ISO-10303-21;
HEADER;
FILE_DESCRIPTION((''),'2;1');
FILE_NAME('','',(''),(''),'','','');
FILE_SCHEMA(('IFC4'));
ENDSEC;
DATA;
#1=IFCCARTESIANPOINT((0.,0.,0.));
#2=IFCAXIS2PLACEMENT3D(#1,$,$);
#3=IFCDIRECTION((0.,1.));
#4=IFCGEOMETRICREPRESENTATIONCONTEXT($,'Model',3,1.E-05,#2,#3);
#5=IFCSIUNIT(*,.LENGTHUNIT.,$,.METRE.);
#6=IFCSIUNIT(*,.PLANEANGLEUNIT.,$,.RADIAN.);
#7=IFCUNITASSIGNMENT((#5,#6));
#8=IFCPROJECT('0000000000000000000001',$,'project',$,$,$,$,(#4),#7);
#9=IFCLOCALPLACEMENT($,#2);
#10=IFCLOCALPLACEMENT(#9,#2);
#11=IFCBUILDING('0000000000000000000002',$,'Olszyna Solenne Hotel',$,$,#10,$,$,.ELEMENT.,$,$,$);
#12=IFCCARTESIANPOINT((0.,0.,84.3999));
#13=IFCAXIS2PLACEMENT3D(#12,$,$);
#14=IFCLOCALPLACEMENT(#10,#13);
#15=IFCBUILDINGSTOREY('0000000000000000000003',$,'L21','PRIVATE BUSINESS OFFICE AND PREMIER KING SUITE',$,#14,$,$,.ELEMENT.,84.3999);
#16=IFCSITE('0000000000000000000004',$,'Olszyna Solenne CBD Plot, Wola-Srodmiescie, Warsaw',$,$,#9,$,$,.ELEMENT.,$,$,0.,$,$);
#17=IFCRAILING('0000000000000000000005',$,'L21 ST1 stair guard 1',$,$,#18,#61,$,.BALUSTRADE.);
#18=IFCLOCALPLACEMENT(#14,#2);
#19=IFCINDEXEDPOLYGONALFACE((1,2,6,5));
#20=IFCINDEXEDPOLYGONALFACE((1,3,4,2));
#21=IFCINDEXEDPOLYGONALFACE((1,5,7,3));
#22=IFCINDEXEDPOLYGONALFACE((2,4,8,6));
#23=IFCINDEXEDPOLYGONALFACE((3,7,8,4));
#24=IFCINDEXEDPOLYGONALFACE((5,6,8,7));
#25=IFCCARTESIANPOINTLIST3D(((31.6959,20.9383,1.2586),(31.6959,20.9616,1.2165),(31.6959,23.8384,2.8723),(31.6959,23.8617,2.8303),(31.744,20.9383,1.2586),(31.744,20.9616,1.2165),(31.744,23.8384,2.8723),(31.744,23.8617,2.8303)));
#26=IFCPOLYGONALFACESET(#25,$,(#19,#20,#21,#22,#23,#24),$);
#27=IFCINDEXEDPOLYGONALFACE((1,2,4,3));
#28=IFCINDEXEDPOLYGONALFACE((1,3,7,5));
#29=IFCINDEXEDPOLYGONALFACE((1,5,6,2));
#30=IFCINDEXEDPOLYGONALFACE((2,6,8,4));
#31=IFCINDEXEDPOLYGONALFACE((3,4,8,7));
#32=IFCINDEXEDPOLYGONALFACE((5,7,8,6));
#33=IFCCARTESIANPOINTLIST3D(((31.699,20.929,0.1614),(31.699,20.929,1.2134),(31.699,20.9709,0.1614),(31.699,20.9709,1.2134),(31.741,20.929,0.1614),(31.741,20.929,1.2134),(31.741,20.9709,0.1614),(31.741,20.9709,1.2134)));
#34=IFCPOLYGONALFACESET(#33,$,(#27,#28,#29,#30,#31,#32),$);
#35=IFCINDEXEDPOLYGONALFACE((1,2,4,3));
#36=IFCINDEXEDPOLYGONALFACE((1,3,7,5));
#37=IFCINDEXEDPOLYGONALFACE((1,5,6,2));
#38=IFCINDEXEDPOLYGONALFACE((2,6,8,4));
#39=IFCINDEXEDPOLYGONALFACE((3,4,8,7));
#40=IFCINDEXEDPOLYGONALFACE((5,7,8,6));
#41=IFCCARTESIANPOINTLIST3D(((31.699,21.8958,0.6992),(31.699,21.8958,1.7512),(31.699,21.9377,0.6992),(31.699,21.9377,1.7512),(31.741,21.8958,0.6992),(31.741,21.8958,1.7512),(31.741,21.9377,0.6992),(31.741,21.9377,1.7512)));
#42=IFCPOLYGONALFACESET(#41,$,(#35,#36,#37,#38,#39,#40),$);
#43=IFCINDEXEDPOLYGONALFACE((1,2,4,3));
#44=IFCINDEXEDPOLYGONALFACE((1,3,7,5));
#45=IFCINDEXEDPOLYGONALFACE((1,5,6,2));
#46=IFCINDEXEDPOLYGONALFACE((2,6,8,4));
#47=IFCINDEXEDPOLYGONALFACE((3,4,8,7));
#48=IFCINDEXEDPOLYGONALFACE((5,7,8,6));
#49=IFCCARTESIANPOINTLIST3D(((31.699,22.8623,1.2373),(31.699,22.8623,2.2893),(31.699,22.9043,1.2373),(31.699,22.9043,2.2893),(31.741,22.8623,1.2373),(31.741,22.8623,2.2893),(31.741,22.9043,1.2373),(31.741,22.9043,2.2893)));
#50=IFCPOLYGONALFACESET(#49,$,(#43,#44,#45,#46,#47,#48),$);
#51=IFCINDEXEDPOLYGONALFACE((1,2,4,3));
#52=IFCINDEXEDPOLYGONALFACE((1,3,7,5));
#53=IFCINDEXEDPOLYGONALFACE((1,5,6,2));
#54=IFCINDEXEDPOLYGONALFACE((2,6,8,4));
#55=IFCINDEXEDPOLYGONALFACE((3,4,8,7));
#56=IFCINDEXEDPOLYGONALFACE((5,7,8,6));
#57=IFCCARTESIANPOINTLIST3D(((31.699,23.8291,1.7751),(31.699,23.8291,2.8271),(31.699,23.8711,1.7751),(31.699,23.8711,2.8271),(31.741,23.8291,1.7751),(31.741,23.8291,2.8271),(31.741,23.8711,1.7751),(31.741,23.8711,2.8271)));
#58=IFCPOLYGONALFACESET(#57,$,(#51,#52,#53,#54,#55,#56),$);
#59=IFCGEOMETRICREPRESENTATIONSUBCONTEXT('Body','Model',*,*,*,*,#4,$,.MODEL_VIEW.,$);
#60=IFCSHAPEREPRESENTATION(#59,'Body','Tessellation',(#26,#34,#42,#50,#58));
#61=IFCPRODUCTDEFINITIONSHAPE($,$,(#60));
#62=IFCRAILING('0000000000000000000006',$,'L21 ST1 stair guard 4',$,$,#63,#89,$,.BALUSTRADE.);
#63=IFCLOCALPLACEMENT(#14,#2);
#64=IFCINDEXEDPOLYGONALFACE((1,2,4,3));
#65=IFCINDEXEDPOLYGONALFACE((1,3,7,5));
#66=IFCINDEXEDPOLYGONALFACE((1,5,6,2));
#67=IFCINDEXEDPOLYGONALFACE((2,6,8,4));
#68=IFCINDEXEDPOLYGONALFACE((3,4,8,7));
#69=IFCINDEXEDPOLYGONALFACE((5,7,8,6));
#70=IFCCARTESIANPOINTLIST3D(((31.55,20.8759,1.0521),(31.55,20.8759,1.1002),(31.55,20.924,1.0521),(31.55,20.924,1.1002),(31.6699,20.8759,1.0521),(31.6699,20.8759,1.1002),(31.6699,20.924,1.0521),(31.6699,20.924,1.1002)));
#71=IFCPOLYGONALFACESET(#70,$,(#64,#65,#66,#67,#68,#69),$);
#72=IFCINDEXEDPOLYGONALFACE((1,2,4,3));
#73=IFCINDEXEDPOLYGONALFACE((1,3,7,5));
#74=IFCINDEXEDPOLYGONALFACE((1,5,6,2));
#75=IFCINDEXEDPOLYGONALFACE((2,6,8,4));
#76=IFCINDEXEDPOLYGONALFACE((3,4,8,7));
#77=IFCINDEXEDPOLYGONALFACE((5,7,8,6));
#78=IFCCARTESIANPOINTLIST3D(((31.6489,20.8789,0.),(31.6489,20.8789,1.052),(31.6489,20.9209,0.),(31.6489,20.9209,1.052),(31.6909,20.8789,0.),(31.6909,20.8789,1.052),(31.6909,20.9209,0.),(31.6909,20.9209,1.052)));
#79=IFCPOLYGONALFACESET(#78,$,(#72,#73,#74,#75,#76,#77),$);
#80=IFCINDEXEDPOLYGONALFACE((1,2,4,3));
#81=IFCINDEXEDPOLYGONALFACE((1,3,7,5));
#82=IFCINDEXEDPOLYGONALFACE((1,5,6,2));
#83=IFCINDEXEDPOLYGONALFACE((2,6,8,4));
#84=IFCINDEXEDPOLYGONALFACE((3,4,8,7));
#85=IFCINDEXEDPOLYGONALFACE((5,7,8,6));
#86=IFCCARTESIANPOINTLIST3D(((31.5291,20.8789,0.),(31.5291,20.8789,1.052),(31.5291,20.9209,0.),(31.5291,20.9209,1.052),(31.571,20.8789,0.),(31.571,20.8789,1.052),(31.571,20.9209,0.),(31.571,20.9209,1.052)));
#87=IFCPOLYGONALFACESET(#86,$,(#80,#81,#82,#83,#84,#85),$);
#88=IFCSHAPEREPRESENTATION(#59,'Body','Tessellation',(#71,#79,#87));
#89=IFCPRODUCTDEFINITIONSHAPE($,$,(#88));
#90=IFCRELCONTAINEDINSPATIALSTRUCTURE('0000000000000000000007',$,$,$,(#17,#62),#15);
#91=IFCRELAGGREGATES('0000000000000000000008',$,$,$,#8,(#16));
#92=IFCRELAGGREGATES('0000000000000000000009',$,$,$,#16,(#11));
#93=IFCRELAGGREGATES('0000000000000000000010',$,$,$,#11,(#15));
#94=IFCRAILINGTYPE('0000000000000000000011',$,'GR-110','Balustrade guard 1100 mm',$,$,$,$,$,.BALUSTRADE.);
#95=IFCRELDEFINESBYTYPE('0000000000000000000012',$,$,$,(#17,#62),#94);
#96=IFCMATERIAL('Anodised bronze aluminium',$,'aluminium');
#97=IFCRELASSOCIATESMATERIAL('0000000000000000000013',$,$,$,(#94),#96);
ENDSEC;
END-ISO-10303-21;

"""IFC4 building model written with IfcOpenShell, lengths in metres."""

from ifc_helpers import new_model, si_unit, direction, frame, origin, origin_2d, place, context, subcontext, project, spatial, rectangle, extrude, material, type_object, element, save


model = new_model("IFC4")

# Units and contexts
model_context = context("Model", 3, precision=1e-05, world=origin(), true_north=direction((0.0, 1.0)))
body_context = subcontext(model_context, "Body", "Model", "MODEL_VIEW")
ifc_project = project(units=[si_unit("LENGTHUNIT", "METRE"), si_unit("PLANEANGLEUNIT", "RADIAN")], contexts=[model_context])

# Site, building, storey
site_placement = place(None, origin())
site = spatial("IfcSite", under=ifc_project, at=site_placement, Name="Olszyna Solenne CBD Plot, Wola-Srodmiescie, Warsaw", CompositionType="ELEMENT", RefElevation=0.0)
building_placement = place(site_placement, origin())
building = spatial("IfcBuilding", under=site, at=building_placement, Name="Olszyna Solenne Hotel", CompositionType="ELEMENT")
storey_placement = place(building_placement, frame((0.0, 0.0, 84.3999)))
storey = spatial("IfcBuildingStorey", under=building, at=storey_placement, Name="L21", Description="PRIVATE BUSINESS OFFICE AND PREMIER KING SUITE", CompositionType="ELEMENT", Elevation=84.3999)

# Shared definitions
ifc_material_1 = material(Name="Anodised bronze aluminium", Category="aluminium")

# Railings
railing_type = type_object("IfcRailingType", Name="GR-110", Description="Balustrade guard 1100 mm", PredefinedType="BALUSTRADE", material=ifc_material_1)
railing_1_placement = place(storey_placement, frame((31.72, 20.95, 0.1614)))
element("IfcRailing", 1, at=railing_1_placement, inside=storey, type_object=railing_type, Name="L21 ST1 stair guard 1", PredefinedType="BALUSTRADE", context=body_context, shape_type="SweptSolid", body=[
    extrude(rectangle(XDim=0.0481, YDim=0.0481, at=origin_2d()), frame((0.0, 0.0, 1.0762), z_axis=(0.0, 0.873827, 0.486236), x_axis=(-1.0, 0.0, 0.0)), (0.0, 0.0, 1.0), 3.3188),
    extrude(rectangle(XDim=0.042, YDim=0.042, at=origin_2d()), origin(), (0.0, 0.0, 1.0), 1.052),
    extrude(rectangle(XDim=0.042, YDim=0.042, at=origin_2d()), frame((0.0, 0.9668, 0.5378)), (0.0, 0.0, 1.0), 1.052),
    extrude(rectangle(XDim=0.042, YDim=0.042, at=origin_2d()), frame((0.0, 1.9333, 1.0759)), (0.0, 0.0, 1.0), 1.052),
    extrude(rectangle(XDim=0.042, YDim=0.042, at=origin_2d()), frame((0.0, 2.9001, 1.6138)), (0.0, 0.0, 1.0), 1.052),
])
railing_2_placement = place(storey_placement, frame((31.6699, 20.8999, 0.0)))
element("IfcRailing", 2, at=railing_2_placement, inside=storey, type_object=railing_type, Name="L21 ST1 stair guard 4", PredefinedType="BALUSTRADE", context=body_context, shape_type="SweptSolid", body=[
    extrude(rectangle(XDim=0.0481, YDim=0.0481, at=origin_2d()), frame((0.0, 0.0, 1.0762), z_axis=(-1.0, 0.0, 0.0), x_axis=(0.0, -1.0, 0.0)), (0.0, 0.0, 1.0), 0.1199),
    extrude(rectangle(XDim=0.042, YDim=0.042, at=origin_2d()), origin(), (0.0, 0.0, 1.0), 1.052),
    extrude(rectangle(XDim=0.042, YDim=0.042, at=origin_2d()), frame((-0.1199, 0.0, 0.0)), (0.0, 0.0, 1.0), 1.052),
])

save(model, "model.ifc")
